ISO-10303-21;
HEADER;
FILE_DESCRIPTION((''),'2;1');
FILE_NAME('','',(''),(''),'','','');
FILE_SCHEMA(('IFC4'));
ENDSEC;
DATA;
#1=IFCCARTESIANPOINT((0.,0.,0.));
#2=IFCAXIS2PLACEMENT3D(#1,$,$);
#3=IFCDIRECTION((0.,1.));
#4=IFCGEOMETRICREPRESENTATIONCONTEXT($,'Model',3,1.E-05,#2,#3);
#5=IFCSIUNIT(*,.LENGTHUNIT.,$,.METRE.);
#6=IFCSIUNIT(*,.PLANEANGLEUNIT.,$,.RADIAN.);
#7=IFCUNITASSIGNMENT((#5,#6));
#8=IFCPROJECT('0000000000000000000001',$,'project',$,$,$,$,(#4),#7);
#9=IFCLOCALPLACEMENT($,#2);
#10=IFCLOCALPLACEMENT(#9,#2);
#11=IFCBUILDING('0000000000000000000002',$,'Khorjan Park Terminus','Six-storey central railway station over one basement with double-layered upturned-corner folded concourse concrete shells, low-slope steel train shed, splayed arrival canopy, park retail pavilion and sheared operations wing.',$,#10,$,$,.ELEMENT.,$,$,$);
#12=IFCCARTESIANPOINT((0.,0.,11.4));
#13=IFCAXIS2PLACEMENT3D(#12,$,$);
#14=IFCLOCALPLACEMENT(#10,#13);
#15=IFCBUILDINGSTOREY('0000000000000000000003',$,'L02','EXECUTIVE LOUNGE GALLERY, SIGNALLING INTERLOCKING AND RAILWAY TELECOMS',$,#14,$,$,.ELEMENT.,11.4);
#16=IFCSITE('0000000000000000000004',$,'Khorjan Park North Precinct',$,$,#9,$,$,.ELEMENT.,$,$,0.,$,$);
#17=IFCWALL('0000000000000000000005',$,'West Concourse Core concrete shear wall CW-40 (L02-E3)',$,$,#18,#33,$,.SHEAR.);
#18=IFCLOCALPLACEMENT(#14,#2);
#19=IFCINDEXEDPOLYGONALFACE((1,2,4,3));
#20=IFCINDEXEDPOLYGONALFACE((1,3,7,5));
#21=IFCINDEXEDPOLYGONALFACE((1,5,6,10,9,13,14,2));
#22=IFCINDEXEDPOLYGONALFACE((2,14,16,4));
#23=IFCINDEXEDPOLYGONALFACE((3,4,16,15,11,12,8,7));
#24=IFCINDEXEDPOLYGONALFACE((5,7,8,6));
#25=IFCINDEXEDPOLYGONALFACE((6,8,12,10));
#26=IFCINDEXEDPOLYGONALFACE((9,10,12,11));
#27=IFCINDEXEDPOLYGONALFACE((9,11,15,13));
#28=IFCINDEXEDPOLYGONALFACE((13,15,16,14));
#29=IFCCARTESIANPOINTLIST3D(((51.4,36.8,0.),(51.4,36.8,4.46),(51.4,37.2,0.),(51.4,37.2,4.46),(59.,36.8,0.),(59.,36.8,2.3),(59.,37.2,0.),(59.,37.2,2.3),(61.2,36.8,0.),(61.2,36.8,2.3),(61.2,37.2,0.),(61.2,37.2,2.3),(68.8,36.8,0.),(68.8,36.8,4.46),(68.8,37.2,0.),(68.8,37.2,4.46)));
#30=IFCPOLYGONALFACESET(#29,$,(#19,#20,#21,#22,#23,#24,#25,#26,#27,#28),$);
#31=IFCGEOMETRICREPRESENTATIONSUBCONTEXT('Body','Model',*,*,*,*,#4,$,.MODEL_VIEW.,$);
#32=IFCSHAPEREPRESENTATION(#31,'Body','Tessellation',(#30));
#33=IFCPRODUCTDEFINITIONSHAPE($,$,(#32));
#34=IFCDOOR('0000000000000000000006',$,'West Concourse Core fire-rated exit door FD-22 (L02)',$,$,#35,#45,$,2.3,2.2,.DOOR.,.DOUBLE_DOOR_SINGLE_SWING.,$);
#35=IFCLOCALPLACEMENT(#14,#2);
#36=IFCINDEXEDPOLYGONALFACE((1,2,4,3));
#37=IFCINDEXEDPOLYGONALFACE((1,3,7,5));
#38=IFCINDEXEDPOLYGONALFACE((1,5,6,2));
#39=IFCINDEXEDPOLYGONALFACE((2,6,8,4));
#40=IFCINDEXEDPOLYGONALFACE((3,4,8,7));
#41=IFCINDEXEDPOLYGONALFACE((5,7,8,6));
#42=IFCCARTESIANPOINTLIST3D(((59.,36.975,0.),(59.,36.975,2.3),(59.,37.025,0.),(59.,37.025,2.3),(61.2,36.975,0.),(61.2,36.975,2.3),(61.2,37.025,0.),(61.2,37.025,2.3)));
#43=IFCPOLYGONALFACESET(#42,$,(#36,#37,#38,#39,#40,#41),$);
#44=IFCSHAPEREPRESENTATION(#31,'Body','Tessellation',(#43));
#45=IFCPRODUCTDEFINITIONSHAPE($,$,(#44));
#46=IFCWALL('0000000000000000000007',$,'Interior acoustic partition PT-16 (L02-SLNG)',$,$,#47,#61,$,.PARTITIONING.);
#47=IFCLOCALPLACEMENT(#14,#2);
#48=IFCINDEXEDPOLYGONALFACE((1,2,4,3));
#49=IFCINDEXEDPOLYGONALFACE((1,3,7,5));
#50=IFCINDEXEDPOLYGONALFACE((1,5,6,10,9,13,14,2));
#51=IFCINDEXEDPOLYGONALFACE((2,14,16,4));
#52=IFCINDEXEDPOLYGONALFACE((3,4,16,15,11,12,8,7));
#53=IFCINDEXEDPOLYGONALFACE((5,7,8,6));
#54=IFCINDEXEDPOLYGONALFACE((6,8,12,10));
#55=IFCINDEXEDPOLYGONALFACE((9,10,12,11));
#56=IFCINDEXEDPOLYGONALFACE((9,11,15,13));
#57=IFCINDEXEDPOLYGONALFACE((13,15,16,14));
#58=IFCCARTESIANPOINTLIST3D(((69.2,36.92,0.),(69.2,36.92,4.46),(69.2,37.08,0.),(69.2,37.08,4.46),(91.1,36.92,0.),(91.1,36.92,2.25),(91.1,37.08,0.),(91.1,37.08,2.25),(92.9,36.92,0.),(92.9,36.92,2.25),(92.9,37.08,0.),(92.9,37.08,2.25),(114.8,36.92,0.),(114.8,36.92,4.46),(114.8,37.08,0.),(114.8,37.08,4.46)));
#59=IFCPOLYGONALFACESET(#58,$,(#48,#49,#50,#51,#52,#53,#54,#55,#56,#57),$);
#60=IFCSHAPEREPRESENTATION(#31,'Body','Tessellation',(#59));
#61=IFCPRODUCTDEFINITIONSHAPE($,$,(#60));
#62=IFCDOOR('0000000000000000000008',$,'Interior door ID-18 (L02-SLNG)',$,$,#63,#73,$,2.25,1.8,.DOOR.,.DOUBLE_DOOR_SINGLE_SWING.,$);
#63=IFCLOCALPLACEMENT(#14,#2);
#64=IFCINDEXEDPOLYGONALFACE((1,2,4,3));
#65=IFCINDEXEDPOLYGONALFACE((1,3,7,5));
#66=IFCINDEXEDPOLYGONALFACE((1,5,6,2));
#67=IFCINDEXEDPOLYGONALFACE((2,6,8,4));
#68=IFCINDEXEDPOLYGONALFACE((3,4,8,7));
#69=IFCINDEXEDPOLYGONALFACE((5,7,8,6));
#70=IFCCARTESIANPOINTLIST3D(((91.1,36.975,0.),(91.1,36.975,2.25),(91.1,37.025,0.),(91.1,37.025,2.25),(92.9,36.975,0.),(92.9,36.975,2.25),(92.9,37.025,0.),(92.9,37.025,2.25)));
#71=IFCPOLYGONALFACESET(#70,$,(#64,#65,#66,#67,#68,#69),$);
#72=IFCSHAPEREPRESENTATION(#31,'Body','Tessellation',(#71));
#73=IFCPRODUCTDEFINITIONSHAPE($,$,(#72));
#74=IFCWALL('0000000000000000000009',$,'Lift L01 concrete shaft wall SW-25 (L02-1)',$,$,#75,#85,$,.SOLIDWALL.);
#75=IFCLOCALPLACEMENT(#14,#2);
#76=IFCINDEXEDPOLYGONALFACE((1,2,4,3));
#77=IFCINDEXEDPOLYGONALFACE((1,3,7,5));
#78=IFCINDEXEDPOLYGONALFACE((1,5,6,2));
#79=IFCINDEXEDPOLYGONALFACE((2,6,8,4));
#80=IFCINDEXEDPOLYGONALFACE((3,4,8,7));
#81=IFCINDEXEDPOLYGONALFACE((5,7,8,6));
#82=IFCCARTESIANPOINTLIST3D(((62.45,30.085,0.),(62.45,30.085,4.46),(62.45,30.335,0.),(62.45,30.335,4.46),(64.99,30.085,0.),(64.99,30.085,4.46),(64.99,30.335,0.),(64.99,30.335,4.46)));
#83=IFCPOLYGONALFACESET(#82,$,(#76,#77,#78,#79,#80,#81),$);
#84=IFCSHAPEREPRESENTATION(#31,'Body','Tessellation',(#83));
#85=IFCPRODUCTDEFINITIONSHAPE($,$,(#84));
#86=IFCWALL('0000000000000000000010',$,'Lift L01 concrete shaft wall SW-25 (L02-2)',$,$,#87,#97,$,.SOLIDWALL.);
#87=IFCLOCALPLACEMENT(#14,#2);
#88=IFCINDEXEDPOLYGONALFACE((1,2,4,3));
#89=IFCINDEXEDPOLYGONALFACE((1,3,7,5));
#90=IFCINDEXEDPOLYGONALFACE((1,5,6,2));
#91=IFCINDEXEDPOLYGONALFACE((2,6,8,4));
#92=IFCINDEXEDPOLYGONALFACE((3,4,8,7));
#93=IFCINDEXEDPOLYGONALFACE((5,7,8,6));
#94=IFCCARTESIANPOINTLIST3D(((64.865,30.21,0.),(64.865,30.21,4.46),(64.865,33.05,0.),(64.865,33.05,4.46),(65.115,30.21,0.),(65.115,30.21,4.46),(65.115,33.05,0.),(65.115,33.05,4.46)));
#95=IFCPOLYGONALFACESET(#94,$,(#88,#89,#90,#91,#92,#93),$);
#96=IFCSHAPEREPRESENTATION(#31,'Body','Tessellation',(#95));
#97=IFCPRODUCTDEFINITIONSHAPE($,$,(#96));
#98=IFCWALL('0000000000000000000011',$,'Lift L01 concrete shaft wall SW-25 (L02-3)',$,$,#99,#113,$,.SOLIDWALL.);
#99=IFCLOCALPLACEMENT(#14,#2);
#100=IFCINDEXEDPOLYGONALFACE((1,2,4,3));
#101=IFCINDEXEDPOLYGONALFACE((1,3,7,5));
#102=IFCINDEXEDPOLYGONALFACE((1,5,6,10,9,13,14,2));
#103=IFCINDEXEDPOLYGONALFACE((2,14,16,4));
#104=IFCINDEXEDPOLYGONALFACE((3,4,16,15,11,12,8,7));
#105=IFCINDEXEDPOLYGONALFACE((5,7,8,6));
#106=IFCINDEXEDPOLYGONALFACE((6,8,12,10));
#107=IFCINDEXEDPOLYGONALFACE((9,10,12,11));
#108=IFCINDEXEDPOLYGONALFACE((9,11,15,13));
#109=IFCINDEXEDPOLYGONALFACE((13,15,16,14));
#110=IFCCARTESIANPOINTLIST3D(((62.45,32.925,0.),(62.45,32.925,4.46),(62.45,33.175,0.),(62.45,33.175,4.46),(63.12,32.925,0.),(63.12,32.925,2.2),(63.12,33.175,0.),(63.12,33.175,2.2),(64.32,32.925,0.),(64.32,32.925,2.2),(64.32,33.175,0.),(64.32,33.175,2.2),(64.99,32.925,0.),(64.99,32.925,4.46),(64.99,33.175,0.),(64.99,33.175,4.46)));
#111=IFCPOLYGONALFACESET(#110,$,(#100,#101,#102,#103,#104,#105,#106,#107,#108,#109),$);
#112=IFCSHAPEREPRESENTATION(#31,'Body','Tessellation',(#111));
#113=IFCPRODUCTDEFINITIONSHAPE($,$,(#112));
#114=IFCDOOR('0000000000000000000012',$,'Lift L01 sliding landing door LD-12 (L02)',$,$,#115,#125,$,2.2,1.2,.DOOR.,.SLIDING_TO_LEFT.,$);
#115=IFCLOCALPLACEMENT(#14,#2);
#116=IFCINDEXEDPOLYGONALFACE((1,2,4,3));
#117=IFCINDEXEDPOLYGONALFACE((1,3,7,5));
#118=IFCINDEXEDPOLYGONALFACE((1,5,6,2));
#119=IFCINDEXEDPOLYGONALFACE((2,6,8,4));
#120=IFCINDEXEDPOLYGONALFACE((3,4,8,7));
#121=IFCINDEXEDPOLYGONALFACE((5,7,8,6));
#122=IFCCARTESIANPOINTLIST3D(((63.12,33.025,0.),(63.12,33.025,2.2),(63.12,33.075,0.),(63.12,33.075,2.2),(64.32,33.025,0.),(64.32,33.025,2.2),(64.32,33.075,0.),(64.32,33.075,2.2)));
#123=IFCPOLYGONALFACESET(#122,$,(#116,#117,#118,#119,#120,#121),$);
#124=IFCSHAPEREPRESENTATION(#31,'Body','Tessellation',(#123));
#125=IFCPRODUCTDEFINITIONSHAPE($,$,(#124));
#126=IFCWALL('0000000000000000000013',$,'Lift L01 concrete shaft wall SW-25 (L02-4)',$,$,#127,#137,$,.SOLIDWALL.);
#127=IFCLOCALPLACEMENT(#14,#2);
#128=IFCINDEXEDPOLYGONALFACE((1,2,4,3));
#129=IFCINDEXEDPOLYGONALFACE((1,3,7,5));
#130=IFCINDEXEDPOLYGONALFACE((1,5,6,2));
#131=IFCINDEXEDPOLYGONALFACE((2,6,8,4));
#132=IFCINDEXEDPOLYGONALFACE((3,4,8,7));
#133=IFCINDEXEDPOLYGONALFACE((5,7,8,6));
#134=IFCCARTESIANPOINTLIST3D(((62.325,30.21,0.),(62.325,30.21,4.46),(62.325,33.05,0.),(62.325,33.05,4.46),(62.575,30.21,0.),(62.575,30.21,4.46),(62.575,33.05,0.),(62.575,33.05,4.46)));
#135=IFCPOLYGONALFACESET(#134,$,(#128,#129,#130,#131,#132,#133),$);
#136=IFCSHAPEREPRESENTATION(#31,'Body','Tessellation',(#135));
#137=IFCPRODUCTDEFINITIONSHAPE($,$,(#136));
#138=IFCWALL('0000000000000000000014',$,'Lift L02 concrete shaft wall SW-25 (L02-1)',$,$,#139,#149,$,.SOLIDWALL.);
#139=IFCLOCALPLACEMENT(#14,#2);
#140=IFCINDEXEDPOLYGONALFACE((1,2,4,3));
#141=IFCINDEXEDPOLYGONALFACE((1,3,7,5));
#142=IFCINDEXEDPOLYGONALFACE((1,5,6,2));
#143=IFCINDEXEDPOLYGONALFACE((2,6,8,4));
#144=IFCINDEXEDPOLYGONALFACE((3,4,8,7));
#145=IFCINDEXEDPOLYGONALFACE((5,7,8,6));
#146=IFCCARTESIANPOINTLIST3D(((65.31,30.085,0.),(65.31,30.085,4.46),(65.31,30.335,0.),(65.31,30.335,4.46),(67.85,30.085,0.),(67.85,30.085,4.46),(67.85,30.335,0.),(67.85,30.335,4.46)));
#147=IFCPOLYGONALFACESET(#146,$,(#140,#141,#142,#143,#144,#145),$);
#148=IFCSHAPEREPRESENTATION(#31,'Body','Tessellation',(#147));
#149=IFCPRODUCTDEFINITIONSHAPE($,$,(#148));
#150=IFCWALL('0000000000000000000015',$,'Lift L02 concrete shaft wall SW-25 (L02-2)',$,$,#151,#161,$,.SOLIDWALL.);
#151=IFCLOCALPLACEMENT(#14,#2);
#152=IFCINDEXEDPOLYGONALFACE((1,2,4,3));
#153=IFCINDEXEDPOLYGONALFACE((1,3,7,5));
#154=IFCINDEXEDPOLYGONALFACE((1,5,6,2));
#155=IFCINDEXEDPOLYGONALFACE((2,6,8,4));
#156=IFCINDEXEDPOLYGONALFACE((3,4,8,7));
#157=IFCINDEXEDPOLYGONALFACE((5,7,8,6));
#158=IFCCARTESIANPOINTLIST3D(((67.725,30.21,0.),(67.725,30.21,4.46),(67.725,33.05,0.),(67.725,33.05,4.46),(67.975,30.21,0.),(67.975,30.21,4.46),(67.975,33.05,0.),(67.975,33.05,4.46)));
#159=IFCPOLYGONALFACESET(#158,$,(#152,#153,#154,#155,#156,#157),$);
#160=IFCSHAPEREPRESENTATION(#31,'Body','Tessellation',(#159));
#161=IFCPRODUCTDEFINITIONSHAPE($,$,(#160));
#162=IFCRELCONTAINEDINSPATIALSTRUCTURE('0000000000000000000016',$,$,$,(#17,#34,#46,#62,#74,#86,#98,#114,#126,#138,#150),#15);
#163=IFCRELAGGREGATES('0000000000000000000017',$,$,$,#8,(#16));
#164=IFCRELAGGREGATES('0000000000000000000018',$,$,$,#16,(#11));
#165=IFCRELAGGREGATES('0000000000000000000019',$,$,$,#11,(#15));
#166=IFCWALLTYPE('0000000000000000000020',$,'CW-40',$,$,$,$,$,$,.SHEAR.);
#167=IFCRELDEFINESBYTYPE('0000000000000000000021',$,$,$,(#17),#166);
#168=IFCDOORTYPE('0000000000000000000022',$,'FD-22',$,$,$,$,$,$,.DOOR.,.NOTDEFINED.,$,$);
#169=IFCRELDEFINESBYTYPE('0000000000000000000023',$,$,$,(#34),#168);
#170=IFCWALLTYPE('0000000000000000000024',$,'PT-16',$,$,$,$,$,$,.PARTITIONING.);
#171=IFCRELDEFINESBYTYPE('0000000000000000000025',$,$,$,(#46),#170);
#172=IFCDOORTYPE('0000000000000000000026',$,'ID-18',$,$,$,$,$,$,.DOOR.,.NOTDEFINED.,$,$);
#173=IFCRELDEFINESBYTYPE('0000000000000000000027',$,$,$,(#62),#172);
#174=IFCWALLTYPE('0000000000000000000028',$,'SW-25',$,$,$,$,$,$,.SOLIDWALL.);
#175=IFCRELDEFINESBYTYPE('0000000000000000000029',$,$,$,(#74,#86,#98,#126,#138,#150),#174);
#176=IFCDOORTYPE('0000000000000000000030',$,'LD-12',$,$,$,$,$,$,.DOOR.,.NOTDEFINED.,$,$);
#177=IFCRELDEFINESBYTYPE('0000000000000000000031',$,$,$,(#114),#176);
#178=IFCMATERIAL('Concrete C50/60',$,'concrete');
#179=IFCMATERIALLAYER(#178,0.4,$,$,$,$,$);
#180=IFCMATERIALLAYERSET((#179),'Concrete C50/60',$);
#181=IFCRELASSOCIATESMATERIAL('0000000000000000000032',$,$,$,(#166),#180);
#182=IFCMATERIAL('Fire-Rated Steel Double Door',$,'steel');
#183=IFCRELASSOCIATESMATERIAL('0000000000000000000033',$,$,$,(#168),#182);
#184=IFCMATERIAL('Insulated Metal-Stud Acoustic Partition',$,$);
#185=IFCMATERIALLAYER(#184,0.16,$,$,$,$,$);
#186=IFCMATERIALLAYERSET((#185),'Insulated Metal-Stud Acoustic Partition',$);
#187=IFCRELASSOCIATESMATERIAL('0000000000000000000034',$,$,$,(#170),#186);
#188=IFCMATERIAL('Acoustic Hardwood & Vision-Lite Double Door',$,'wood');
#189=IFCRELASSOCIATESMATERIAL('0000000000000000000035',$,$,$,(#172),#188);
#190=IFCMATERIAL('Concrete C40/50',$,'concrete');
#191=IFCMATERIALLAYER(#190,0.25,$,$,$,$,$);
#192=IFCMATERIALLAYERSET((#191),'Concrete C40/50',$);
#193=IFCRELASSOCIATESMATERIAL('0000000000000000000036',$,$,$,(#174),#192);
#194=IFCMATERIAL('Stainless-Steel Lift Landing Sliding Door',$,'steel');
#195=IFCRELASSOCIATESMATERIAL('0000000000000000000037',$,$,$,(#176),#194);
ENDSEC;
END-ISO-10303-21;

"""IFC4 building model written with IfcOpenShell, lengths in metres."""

from ifc_helpers import new_model, si_unit, direction, frame, frame_2d, origin, place, context, subcontext, project, spatial, rectangle, extrude, material, layer, layer_set, type_object, element, fill, save


model = new_model("IFC4")

# Units and contexts
model_context = context("Model", 3, precision=1e-05, world=origin(), true_north=direction((0.0, 1.0)))
body_context = subcontext(model_context, "Body", "Model", "MODEL_VIEW")
ifc_project = project(units=[si_unit("LENGTHUNIT", "METRE"), si_unit("PLANEANGLEUNIT", "RADIAN")], contexts=[model_context])

# Site, building, storey
site_placement = place(None, origin())
site = spatial("IfcSite", under=ifc_project, at=site_placement, Name="Khorjan Park North Precinct", CompositionType="ELEMENT", RefElevation=0.0)
building_placement = place(site_placement, origin())
building = spatial("IfcBuilding", under=site, at=building_placement, Name="Khorjan Park Terminus", Description="Six-storey central railway station over one basement with double-layered upturned-corner folded concourse concrete shells, low-slope steel train shed, splayed arrival canopy, park retail pavilion and sheared operations wing.", CompositionType="ELEMENT")
storey_placement = place(building_placement, frame((0.0, 0.0, 11.4)))
storey = spatial("IfcBuildingStorey", under=building, at=storey_placement, Name="L02", Description="EXECUTIVE LOUNGE GALLERY, SIGNALLING INTERLOCKING AND RAILWAY TELECOMS", CompositionType="ELEMENT", Elevation=11.4)

# Shared definitions
ifc_material_1 = material(Name="Concrete C50/60", Category="concrete")
ifc_layer_1 = layer(ifc_material_1, 0.4)
ifc_layer_set_1 = layer_set([ifc_layer_1], Name="Concrete C50/60")
wall_type_1 = type_object("IfcWallType", Name="CW-40", PredefinedType="SHEAR", material=ifc_layer_set_1)

# Walls, openings, doors
wall_1_placement = place(storey_placement, frame((68.8, 37.0, 0.0), z_axis=(0.0, 0.0, 1.0), x_axis=(-1.0, 0.0, 0.0)))
wall_1 = element("IfcWall", 1, at=wall_1_placement, inside=storey, type_object=wall_type_1, Name="West Concourse Core concrete shear wall CW-40 (L02-E3)", PredefinedType="SHEAR", context=body_context, shape_type="SweptSolid", body=[
    extrude(rectangle(XDim=17.4, YDim=0.4, at=frame_2d((8.7, 0.0))), origin(), (0.0, 0.0, 1.0), 4.46),
])
opening_1_placement = place(wall_1_placement, frame((7.6, 0.0, 0.0)))
opening_1 = element("IfcOpeningElement", 2, at=opening_1_placement, cuts=wall_1, PredefinedType="OPENING", context=body_context, shape_type="SweptSolid", body=[
    extrude(rectangle(XDim=2.2, YDim=2.3, at=frame_2d((1.1, 1.15))), frame((0.0, 0.21, 0.0), z_axis=(0.0, -1.0, 0.0), x_axis=(1.0, 0.0, 0.0)), (0.0, 0.0, 1.0), 0.42),
])
ifc_material_2 = material(Name="Fire-Rated Steel Double Door", Category="steel")
door_type_1 = type_object("IfcDoorType", Name="FD-22", OperationType="NOTDEFINED", PredefinedType="DOOR", material=ifc_material_2)
door_1_placement = place(opening_1_placement, origin())
door_1 = element("IfcDoor", 3, at=door_1_placement, inside=storey, type_object=door_type_1, Name="West Concourse Core fire-rated exit door FD-22 (L02)", OperationType="DOUBLE_DOOR_SINGLE_SWING", OverallHeight=2.3, OverallWidth=2.2, PredefinedType="DOOR", context=body_context, shape_type="SweptSolid", body=[
    extrude(rectangle(XDim=2.2, YDim=2.3, at=frame_2d((1.1, 1.15))), frame((0.0, 0.025, 0.0), z_axis=(0.0, -1.0, 0.0), x_axis=(1.0, 0.0, 0.0)), (0.0, 0.0, 1.0), 0.05),
])
fill(opening_1, door_1)
ifc_material_3 = material(Name="Insulated Metal-Stud Acoustic Partition")
ifc_layer_2 = layer(ifc_material_3, 0.16)
ifc_layer_set_2 = layer_set([ifc_layer_2], Name="Insulated Metal-Stud Acoustic Partition")
wall_type_2 = type_object("IfcWallType", Name="PT-16", PredefinedType="PARTITIONING", material=ifc_layer_set_2)
wall_2_placement = place(storey_placement, frame((69.2, 37.0, 0.0), z_axis=(0.0, 0.0, 1.0), x_axis=(1.0, 0.0, 0.0)))
wall_2 = element("IfcWall", 4, at=wall_2_placement, inside=storey, type_object=wall_type_2, Name="Interior acoustic partition PT-16 (L02-SLNG)", PredefinedType="PARTITIONING", context=body_context, shape_type="SweptSolid", body=[
    extrude(rectangle(XDim=45.6, YDim=0.16, at=frame_2d((22.8, 0.0))), origin(), (0.0, 0.0, 1.0), 4.46),
])
opening_2_placement = place(wall_2_placement, frame((21.9, 0.0, 0.0)))
opening_2 = element("IfcOpeningElement", 5, at=opening_2_placement, cuts=wall_2, PredefinedType="OPENING", context=body_context, shape_type="SweptSolid", body=[
    extrude(rectangle(XDim=1.8, YDim=2.25, at=frame_2d((0.9, 1.125))), frame((0.0, 0.09, 0.0), z_axis=(0.0, -1.0, 0.0), x_axis=(1.0, 0.0, 0.0)), (0.0, 0.0, 1.0), 0.18),
])
ifc_material_4 = material(Name="Acoustic Hardwood & Vision-Lite Double Door", Category="wood")
door_type_2 = type_object("IfcDoorType", Name="ID-18", OperationType="NOTDEFINED", PredefinedType="DOOR", material=ifc_material_4)
door_2_placement = place(opening_2_placement, origin())
door_2 = element("IfcDoor", 6, at=door_2_placement, inside=storey, type_object=door_type_2, Name="Interior door ID-18 (L02-SLNG)", OperationType="DOUBLE_DOOR_SINGLE_SWING", OverallHeight=2.25, OverallWidth=1.8, PredefinedType="DOOR", context=body_context, shape_type="SweptSolid", body=[
    extrude(rectangle(XDim=1.8, YDim=2.25, at=frame_2d((0.9, 1.125))), frame((0.0, 0.025, 0.0), z_axis=(0.0, -1.0, 0.0), x_axis=(1.0, 0.0, 0.0)), (0.0, 0.0, 1.0), 0.05),
])
fill(opening_2, door_2)

# Walls
ifc_material_5 = material(Name="Concrete C40/50", Category="concrete")
ifc_layer_3 = layer(ifc_material_5, 0.25)
ifc_layer_set_3 = layer_set([ifc_layer_3], Name="Concrete C40/50")
wall_type_3 = type_object("IfcWallType", Name="SW-25", PredefinedType="SOLIDWALL", material=ifc_layer_set_3)
wall_3_placement = place(storey_placement, frame((62.45, 30.21, 0.0), z_axis=(0.0, 0.0, 1.0), x_axis=(1.0, 0.0, 0.0)))
element("IfcWall", 7, at=wall_3_placement, inside=storey, type_object=wall_type_3, Name="Lift L01 concrete shaft wall SW-25 (L02-1)", PredefinedType="SOLIDWALL", context=body_context, shape_type="SweptSolid", body=[
    extrude(rectangle(XDim=2.54, YDim=0.25, at=frame_2d((1.27, 0.0))), origin(), (0.0, 0.0, 1.0), 4.46),
])
wall_4_placement = place(storey_placement, frame((64.99, 30.21, 0.0), z_axis=(0.0, 0.0, 1.0), x_axis=(0.0, 1.0, 0.0)))
element("IfcWall", 8, at=wall_4_placement, inside=storey, type_object=wall_type_3, Name="Lift L01 concrete shaft wall SW-25 (L02-2)", PredefinedType="SOLIDWALL", context=body_context, shape_type="SweptSolid", body=[
    extrude(rectangle(XDim=2.84, YDim=0.25, at=frame_2d((1.42, 0.0))), origin(), (0.0, 0.0, 1.0), 4.46),
])

# Wall, opening, door
wall_5_placement = place(storey_placement, frame((64.99, 33.05, 0.0), z_axis=(0.0, 0.0, 1.0), x_axis=(-1.0, 0.0, 0.0)))
wall_5 = element("IfcWall", 9, at=wall_5_placement, inside=storey, type_object=wall_type_3, Name="Lift L01 concrete shaft wall SW-25 (L02-3)", PredefinedType="SOLIDWALL", context=body_context, shape_type="SweptSolid", body=[
    extrude(rectangle(XDim=2.54, YDim=0.25, at=frame_2d((1.27, 0.0))), origin(), (0.0, 0.0, 1.0), 4.46),
])
opening_3_placement = place(wall_5_placement, frame((0.67, 0.0, 0.0)))
opening_3 = element("IfcOpeningElement", 10, at=opening_3_placement, cuts=wall_5, PredefinedType="OPENING", context=body_context, shape_type="SweptSolid", body=[
    extrude(rectangle(XDim=1.2, YDim=2.2, at=frame_2d((0.6, 1.1))), frame((0.0, 0.135, 0.0), z_axis=(0.0, -1.0, 0.0), x_axis=(1.0, 0.0, 0.0)), (0.0, 0.0, 1.0), 0.27),
])
ifc_material_6 = material(Name="Stainless-Steel Lift Landing Sliding Door", Category="steel")
door_type_3 = type_object("IfcDoorType", Name="LD-12", OperationType="NOTDEFINED", PredefinedType="DOOR", material=ifc_material_6)
door_3_placement = place(opening_3_placement, origin())
door_3 = element("IfcDoor", 11, at=door_3_placement, inside=storey, type_object=door_type_3, Name="Lift L01 sliding landing door LD-12 (L02)", OperationType="SLIDING_TO_LEFT", OverallHeight=2.2, OverallWidth=1.2, PredefinedType="DOOR", context=body_context, shape_type="SweptSolid", body=[
    extrude(rectangle(XDim=1.2, YDim=2.2, at=frame_2d((0.6, 1.1))), frame((0.0, 0.025, 0.0), z_axis=(0.0, -1.0, 0.0), x_axis=(1.0, 0.0, 0.0)), (0.0, 0.0, 1.0), 0.05),
])
fill(opening_3, door_3)

# Walls
wall_6_placement = place(storey_placement, frame((62.45, 33.05, 0.0), z_axis=(0.0, 0.0, 1.0), x_axis=(0.0, -1.0, 0.0)))
element("IfcWall", 12, at=wall_6_placement, inside=storey, type_object=wall_type_3, Name="Lift L01 concrete shaft wall SW-25 (L02-4)", PredefinedType="SOLIDWALL", context=body_context, shape_type="SweptSolid", body=[
    extrude(rectangle(XDim=2.84, YDim=0.25, at=frame_2d((1.42, 0.0))), origin(), (0.0, 0.0, 1.0), 4.46),
])
wall_7_placement = place(storey_placement, frame((65.31, 30.21, 0.0), z_axis=(0.0, 0.0, 1.0), x_axis=(1.0, 0.0, 0.0)))
element("IfcWall", 13, at=wall_7_placement, inside=storey, type_object=wall_type_3, Name="Lift L02 concrete shaft wall SW-25 (L02-1)", PredefinedType="SOLIDWALL", context=body_context, shape_type="SweptSolid", body=[
    extrude(rectangle(XDim=2.54, YDim=0.25, at=frame_2d((1.27, 0.0))), origin(), (0.0, 0.0, 1.0), 4.46),
])
wall_8_placement = place(storey_placement, frame((67.85, 30.21, 0.0), z_axis=(0.0, 0.0, 1.0), x_axis=(0.0, 1.0, 0.0)))
element("IfcWall", 14, at=wall_8_placement, inside=storey, type_object=wall_type_3, Name="Lift L02 concrete shaft wall SW-25 (L02-2)", PredefinedType="SOLIDWALL", context=body_context, shape_type="SweptSolid", body=[
    extrude(rectangle(XDim=2.84, YDim=0.25, at=frame_2d((1.42, 0.0))), origin(), (0.0, 0.0, 1.0), 4.46),
])

save(model, "model.ifc")
